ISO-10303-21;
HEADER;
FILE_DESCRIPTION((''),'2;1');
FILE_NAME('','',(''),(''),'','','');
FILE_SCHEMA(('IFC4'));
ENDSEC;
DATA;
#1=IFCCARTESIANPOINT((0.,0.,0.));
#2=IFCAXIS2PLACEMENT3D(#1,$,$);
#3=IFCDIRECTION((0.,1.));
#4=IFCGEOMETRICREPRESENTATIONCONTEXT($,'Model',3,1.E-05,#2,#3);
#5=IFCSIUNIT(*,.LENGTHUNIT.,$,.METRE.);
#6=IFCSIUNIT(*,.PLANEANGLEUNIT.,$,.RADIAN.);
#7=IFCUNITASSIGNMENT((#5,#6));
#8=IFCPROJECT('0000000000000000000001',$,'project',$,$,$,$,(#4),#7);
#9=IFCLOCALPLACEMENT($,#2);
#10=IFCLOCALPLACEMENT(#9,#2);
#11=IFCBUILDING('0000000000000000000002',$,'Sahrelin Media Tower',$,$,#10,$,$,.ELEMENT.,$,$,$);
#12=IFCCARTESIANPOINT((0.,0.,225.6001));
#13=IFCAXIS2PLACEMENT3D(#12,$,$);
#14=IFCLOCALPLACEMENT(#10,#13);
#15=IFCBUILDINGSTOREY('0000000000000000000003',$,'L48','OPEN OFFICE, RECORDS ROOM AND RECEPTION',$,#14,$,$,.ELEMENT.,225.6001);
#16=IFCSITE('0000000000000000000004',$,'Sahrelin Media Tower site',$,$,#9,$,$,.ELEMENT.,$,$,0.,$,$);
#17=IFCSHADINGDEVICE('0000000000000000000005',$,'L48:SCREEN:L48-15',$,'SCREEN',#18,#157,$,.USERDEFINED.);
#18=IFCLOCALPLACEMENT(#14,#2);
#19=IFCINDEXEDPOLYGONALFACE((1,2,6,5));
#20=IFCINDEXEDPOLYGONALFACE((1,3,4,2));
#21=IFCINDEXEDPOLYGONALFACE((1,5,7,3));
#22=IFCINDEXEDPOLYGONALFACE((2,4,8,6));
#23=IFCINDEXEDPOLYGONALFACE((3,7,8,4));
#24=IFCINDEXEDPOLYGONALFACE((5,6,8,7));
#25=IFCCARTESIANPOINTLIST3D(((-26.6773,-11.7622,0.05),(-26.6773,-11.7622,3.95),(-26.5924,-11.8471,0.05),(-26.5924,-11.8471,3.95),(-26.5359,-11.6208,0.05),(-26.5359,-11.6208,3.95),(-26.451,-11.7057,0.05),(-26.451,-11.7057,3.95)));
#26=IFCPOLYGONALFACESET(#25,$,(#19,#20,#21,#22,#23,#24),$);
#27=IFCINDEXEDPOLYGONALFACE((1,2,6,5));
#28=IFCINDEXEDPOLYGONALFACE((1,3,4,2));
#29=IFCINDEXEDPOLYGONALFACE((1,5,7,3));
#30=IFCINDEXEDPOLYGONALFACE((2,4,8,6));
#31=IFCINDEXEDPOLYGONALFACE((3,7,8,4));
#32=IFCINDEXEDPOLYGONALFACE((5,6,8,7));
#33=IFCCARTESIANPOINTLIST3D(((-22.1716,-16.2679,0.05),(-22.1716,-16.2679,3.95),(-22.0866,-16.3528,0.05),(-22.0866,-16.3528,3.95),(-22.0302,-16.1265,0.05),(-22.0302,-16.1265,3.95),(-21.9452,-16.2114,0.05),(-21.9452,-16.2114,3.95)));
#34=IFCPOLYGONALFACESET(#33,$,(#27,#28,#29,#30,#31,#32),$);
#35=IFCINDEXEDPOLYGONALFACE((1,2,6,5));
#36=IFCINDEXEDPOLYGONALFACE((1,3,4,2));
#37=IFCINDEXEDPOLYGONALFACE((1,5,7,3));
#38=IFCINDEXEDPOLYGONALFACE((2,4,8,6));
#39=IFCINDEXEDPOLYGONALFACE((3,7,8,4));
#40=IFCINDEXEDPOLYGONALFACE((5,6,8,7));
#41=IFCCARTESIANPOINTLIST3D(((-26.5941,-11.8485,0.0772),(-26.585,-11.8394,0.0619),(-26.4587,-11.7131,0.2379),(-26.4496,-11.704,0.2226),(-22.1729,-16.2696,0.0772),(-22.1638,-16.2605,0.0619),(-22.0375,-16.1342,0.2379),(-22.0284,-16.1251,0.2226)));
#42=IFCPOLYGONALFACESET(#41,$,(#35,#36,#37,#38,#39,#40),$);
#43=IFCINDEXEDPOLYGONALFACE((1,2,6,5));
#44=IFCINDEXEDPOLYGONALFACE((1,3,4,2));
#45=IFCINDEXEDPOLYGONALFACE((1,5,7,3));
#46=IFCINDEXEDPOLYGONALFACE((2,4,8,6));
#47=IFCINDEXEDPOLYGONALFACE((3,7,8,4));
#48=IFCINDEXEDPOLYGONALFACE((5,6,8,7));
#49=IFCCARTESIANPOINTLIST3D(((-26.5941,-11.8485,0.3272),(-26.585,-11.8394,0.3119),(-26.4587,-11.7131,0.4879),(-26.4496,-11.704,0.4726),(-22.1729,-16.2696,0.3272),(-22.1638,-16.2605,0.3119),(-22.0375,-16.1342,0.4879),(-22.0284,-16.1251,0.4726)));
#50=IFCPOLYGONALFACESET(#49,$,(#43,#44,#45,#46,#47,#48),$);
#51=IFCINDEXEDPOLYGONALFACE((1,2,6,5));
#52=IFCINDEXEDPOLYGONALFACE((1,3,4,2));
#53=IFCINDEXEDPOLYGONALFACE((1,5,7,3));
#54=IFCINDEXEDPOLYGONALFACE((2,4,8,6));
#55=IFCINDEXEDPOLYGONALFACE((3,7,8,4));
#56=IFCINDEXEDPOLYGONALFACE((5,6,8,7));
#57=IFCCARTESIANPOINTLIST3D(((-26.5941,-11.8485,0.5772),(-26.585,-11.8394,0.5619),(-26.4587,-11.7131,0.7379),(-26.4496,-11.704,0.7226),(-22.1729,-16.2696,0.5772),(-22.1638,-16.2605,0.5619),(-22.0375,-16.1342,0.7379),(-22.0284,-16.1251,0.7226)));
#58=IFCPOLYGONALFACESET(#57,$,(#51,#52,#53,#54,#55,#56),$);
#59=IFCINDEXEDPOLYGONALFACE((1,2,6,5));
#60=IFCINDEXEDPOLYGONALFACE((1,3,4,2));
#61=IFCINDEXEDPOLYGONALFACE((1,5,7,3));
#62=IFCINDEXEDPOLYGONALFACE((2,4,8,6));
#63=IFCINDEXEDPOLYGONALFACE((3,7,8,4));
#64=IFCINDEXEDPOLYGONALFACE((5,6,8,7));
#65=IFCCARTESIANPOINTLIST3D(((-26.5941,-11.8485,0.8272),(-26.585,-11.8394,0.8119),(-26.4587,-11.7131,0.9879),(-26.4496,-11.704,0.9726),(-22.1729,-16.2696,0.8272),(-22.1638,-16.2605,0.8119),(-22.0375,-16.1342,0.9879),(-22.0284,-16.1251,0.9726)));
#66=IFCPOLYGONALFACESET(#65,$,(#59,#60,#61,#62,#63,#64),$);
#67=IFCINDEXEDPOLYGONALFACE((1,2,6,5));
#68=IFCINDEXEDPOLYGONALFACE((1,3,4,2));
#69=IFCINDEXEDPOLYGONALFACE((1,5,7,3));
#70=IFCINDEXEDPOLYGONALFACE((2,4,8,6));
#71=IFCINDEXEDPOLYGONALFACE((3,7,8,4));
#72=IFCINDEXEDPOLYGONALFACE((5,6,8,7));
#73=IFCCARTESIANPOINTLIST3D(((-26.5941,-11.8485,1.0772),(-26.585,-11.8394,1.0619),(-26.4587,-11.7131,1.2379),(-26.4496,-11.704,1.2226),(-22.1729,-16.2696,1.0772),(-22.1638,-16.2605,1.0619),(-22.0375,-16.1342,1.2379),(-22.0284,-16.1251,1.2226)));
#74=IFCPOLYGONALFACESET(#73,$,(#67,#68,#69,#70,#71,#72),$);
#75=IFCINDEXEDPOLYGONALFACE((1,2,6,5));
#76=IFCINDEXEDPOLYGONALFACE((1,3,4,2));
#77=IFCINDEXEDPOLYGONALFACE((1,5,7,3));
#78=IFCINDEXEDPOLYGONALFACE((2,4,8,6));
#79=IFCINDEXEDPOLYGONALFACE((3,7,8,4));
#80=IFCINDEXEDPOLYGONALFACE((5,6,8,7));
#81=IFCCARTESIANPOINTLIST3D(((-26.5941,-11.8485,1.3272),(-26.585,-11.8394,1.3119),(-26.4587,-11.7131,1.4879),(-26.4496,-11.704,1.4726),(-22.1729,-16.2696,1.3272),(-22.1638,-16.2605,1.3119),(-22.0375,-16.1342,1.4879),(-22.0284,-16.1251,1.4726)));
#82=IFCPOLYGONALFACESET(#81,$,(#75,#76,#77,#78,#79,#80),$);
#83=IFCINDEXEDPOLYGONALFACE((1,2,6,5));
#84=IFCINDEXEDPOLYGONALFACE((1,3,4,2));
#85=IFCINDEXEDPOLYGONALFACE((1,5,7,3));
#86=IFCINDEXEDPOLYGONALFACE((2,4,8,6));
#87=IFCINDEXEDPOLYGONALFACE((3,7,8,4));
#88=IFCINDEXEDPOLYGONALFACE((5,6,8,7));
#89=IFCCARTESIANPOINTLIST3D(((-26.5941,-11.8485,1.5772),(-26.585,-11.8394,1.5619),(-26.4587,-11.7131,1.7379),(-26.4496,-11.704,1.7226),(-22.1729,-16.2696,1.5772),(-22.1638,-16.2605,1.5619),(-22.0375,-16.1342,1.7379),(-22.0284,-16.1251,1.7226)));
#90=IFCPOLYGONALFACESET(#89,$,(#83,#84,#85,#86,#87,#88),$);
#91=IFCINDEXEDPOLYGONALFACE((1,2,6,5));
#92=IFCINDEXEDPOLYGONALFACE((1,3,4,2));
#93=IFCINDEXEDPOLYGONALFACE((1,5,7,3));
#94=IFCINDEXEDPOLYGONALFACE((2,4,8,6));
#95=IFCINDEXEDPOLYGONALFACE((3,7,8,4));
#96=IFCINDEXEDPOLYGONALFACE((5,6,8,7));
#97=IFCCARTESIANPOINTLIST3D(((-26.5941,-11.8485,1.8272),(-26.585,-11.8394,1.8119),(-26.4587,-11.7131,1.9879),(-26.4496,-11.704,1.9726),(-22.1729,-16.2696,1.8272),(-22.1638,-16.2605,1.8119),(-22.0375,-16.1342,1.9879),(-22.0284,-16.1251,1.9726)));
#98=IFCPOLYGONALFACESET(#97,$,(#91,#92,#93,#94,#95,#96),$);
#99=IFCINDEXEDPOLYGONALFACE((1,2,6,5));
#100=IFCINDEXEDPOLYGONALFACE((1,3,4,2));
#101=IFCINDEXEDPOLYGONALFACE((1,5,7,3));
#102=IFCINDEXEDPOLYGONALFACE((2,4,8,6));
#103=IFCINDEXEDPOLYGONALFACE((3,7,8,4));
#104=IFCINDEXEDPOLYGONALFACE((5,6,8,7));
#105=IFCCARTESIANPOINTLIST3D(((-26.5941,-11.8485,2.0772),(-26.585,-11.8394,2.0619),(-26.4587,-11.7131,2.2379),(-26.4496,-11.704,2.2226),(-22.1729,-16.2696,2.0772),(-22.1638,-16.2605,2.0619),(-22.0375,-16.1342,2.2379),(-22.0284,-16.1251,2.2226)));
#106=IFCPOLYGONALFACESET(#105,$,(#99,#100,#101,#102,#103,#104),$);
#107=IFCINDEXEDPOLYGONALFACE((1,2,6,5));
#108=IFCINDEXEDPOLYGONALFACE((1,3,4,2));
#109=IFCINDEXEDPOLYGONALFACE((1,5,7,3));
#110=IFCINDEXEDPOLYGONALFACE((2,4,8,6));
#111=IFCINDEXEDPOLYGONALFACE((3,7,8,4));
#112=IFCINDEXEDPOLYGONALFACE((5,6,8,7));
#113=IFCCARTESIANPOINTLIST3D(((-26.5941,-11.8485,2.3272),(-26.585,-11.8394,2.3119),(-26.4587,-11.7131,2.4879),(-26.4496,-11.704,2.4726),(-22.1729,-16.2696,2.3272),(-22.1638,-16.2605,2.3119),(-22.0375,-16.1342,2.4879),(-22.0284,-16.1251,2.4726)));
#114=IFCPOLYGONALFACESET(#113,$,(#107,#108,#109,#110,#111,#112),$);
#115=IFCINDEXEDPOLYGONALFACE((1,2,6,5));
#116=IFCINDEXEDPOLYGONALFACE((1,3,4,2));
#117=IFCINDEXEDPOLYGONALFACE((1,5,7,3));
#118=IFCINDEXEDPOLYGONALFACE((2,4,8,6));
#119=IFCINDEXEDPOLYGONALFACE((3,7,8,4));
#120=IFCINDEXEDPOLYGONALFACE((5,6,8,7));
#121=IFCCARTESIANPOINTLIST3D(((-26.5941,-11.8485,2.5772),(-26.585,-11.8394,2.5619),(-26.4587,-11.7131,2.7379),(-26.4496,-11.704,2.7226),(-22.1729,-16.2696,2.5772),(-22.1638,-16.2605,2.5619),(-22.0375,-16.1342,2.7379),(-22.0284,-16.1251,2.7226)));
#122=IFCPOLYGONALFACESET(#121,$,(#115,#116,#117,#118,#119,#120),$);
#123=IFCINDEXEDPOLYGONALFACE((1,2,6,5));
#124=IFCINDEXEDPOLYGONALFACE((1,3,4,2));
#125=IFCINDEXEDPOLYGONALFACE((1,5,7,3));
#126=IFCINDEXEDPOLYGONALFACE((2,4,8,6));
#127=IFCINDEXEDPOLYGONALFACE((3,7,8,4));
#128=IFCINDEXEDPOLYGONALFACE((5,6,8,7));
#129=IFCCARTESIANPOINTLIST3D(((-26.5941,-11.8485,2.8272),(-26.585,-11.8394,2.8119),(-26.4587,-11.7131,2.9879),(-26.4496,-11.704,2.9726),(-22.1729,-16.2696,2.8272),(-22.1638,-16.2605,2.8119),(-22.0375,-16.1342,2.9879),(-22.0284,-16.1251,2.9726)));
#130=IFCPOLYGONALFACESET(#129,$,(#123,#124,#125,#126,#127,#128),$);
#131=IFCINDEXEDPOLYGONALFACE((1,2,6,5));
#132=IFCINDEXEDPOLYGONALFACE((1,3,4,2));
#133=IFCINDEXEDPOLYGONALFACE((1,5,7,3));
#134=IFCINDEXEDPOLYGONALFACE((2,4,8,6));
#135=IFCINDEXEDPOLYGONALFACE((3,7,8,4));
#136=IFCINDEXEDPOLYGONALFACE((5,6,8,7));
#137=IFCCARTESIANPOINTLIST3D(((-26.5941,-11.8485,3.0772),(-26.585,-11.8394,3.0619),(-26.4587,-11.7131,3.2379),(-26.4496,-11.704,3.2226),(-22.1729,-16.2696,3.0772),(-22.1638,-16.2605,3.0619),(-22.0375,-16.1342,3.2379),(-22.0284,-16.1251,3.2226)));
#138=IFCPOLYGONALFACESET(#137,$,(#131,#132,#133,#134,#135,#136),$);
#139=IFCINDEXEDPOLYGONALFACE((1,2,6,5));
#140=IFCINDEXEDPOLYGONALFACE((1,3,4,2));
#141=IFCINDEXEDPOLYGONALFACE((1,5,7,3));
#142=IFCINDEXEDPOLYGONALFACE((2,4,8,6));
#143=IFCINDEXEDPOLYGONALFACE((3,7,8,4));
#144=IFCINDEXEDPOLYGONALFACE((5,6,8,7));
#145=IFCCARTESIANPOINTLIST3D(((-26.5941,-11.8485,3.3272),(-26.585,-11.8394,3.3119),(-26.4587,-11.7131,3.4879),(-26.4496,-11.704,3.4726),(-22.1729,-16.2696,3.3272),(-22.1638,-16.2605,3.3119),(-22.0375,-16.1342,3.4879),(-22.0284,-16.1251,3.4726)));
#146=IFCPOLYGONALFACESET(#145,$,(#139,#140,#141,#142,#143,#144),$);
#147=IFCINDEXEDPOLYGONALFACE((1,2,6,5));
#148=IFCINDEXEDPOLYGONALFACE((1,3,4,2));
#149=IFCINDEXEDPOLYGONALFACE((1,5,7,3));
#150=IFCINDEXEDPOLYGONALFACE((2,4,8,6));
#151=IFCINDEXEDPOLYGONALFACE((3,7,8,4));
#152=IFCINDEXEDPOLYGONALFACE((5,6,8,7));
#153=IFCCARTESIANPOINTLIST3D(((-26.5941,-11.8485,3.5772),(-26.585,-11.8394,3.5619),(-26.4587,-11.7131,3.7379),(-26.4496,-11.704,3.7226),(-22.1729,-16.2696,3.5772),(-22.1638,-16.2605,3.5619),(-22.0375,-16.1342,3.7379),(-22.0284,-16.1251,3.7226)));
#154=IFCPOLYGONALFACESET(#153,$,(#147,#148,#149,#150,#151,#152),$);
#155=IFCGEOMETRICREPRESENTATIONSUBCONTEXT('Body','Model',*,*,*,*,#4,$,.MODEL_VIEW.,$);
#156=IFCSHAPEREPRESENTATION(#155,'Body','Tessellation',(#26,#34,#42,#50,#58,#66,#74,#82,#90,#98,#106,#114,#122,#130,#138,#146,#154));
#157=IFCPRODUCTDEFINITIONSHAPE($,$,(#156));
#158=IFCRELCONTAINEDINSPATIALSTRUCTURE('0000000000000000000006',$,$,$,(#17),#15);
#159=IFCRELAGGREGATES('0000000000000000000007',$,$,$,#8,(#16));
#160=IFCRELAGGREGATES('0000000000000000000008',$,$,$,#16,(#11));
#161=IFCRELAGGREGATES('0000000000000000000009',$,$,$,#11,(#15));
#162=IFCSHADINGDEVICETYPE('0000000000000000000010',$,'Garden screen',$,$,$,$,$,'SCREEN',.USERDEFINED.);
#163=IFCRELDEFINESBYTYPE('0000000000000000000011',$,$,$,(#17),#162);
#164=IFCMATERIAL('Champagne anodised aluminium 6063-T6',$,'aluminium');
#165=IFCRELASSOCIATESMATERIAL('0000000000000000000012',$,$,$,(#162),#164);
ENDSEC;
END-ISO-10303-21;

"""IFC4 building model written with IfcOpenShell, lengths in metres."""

from ifc_helpers import new_model, si_unit, direction, frame, origin, origin_2d, place, context, subcontext, project, spatial, rectangle, extrude, material, type_object, element, save


model = new_model("IFC4")

# Units and contexts
model_context = context("Model", 3, precision=1e-05, world=origin(), true_north=direction((0.0, 1.0)))
body_context = subcontext(model_context, "Body", "Model", "MODEL_VIEW")
ifc_project = project(units=[si_unit("LENGTHUNIT", "METRE"), si_unit("PLANEANGLEUNIT", "RADIAN")], contexts=[model_context])

# Site, building, storey
site_placement = place(None, origin())
site = spatial("IfcSite", under=ifc_project, at=site_placement, Name="Sahrelin Media Tower site", CompositionType="ELEMENT", RefElevation=0.0)
building_placement = place(site_placement, origin())
building = spatial("IfcBuilding", under=site, at=building_placement, Name="Sahrelin Media Tower", CompositionType="ELEMENT")
storey_placement = place(building_placement, frame((0.0, 0.0, 225.6001)))
storey = spatial("IfcBuildingStorey", under=building, at=storey_placement, Name="L48", Description="OPEN OFFICE, RECORDS ROOM AND RECEPTION", CompositionType="ELEMENT", Elevation=225.6001)

# Shared definitions
ifc_material_1 = material(Name="Champagne anodised aluminium 6063-T6", Category="aluminium")

# Shading device
shading_device_type_1 = type_object("IfcShadingDeviceType", Name="Garden screen", ElementType="SCREEN", PredefinedType="USERDEFINED", material=ifc_material_1)
shading_device_1_placement = place(storey_placement, frame((-24.2405, -13.916, 0.0), z_axis=(0.0, 0.0, 1.0), x_axis=(-0.707107, 0.707107, 0.0)))
element("IfcShadingDevice", 1, at=shading_device_1_placement, inside=storey, type_object=shading_device_type_1, Name="L48:SCREEN:L48-15", ObjectType="SCREEN", PredefinedType="USERDEFINED", context=body_context, shape_type="SweptSolid", body=[
    extrude(rectangle(XDim=0.1201, YDim=0.2, at=origin_2d()), frame((3.186, 0.1001, 0.05), z_axis=(0.0, 0.0, 1.0), x_axis=(1.0, 0.0, 0.0)), (0.0, 0.0, 1.0), 3.8999),
    extrude(rectangle(XDim=0.1201, YDim=0.2, at=origin_2d()), frame((-3.186, 0.1001, 0.05), z_axis=(0.0, 0.0, 1.0), x_axis=(1.0, 0.0, 0.0)), (0.0, 0.0, 1.0), 3.8999),
    extrude(rectangle(XDim=0.25, YDim=0.02, at=origin_2d()), frame((3.1262, 0.1001, 0.1499), z_axis=(-1.0, 0.0, 0.0), x_axis=(0.0, -0.766044, 0.642788)), (0.0, 0.0, 1.0), 6.2524),
    extrude(rectangle(XDim=0.25, YDim=0.02, at=origin_2d()), frame((3.1262, 0.1001, 0.3999), z_axis=(-1.0, 0.0, 0.0), x_axis=(0.0, -0.766044, 0.642788)), (0.0, 0.0, 1.0), 6.2524),
    extrude(rectangle(XDim=0.25, YDim=0.02, at=origin_2d()), frame((3.1262, 0.1001, 0.6499), z_axis=(-1.0, 0.0, 0.0), x_axis=(0.0, -0.766044, 0.642788)), (0.0, 0.0, 1.0), 6.2524),
    extrude(rectangle(XDim=0.25, YDim=0.02, at=origin_2d()), frame((3.1262, 0.1001, 0.8999), z_axis=(-1.0, 0.0, 0.0), x_axis=(0.0, -0.766044, 0.642788)), (0.0, 0.0, 1.0), 6.2524),
    extrude(rectangle(XDim=0.25, YDim=0.02, at=origin_2d()), frame((3.1262, 0.1001, 1.1499), z_axis=(-1.0, 0.0, 0.0), x_axis=(0.0, -0.766044, 0.642788)), (0.0, 0.0, 1.0), 6.2524),
    extrude(rectangle(XDim=0.25, YDim=0.02, at=origin_2d()), frame((3.1262, 0.1001, 1.3999), z_axis=(-1.0, 0.0, 0.0), x_axis=(0.0, -0.766044, 0.642788)), (0.0, 0.0, 1.0), 6.2524),
    extrude(rectangle(XDim=0.25, YDim=0.02, at=origin_2d()), frame((3.1262, 0.1001, 1.6499), z_axis=(-1.0, 0.0, 0.0), x_axis=(0.0, -0.766044, 0.642788)), (0.0, 0.0, 1.0), 6.2524),
    extrude(rectangle(XDim=0.25, YDim=0.02, at=origin_2d()), frame((3.1262, 0.1001, 1.8999), z_axis=(-1.0, 0.0, 0.0), x_axis=(0.0, -0.766044, 0.642788)), (0.0, 0.0, 1.0), 6.2524),
    extrude(rectangle(XDim=0.25, YDim=0.02, at=origin_2d()), frame((3.1262, 0.1001, 2.1499), z_axis=(-1.0, 0.0, 0.0), x_axis=(0.0, -0.766044, 0.642788)), (0.0, 0.0, 1.0), 6.2524),
    extrude(rectangle(XDim=0.25, YDim=0.02, at=origin_2d()), frame((3.1262, 0.1001, 2.3999), z_axis=(-1.0, 0.0, 0.0), x_axis=(0.0, -0.766044, 0.642788)), (0.0, 0.0, 1.0), 6.2524),
    extrude(rectangle(XDim=0.25, YDim=0.02, at=origin_2d()), frame((3.1262, 0.1001, 2.6499), z_axis=(-1.0, 0.0, 0.0), x_axis=(0.0, -0.766044, 0.642788)), (0.0, 0.0, 1.0), 6.2524),
    extrude(rectangle(XDim=0.25, YDim=0.02, at=origin_2d()), frame((3.1262, 0.1001, 2.8999), z_axis=(-1.0, 0.0, 0.0), x_axis=(0.0, -0.766044, 0.642788)), (0.0, 0.0, 1.0), 6.2524),
    extrude(rectangle(XDim=0.25, YDim=0.02, at=origin_2d()), frame((3.1262, 0.1001, 3.1499), z_axis=(-1.0, 0.0, 0.0), x_axis=(0.0, -0.766044, 0.642788)), (0.0, 0.0, 1.0), 6.2524),
    extrude(rectangle(XDim=0.25, YDim=0.02, at=origin_2d()), frame((3.1262, 0.1001, 3.3999), z_axis=(-1.0, 0.0, 0.0), x_axis=(0.0, -0.766044, 0.642788)), (0.0, 0.0, 1.0), 6.2524),
    extrude(rectangle(XDim=0.25, YDim=0.02, at=origin_2d()), frame((3.1262, 0.1001, 3.6499), z_axis=(-1.0, 0.0, 0.0), x_axis=(0.0, -0.766044, 0.642788)), (0.0, 0.0, 1.0), 6.2524),
])

save(model, "model.ifc")
